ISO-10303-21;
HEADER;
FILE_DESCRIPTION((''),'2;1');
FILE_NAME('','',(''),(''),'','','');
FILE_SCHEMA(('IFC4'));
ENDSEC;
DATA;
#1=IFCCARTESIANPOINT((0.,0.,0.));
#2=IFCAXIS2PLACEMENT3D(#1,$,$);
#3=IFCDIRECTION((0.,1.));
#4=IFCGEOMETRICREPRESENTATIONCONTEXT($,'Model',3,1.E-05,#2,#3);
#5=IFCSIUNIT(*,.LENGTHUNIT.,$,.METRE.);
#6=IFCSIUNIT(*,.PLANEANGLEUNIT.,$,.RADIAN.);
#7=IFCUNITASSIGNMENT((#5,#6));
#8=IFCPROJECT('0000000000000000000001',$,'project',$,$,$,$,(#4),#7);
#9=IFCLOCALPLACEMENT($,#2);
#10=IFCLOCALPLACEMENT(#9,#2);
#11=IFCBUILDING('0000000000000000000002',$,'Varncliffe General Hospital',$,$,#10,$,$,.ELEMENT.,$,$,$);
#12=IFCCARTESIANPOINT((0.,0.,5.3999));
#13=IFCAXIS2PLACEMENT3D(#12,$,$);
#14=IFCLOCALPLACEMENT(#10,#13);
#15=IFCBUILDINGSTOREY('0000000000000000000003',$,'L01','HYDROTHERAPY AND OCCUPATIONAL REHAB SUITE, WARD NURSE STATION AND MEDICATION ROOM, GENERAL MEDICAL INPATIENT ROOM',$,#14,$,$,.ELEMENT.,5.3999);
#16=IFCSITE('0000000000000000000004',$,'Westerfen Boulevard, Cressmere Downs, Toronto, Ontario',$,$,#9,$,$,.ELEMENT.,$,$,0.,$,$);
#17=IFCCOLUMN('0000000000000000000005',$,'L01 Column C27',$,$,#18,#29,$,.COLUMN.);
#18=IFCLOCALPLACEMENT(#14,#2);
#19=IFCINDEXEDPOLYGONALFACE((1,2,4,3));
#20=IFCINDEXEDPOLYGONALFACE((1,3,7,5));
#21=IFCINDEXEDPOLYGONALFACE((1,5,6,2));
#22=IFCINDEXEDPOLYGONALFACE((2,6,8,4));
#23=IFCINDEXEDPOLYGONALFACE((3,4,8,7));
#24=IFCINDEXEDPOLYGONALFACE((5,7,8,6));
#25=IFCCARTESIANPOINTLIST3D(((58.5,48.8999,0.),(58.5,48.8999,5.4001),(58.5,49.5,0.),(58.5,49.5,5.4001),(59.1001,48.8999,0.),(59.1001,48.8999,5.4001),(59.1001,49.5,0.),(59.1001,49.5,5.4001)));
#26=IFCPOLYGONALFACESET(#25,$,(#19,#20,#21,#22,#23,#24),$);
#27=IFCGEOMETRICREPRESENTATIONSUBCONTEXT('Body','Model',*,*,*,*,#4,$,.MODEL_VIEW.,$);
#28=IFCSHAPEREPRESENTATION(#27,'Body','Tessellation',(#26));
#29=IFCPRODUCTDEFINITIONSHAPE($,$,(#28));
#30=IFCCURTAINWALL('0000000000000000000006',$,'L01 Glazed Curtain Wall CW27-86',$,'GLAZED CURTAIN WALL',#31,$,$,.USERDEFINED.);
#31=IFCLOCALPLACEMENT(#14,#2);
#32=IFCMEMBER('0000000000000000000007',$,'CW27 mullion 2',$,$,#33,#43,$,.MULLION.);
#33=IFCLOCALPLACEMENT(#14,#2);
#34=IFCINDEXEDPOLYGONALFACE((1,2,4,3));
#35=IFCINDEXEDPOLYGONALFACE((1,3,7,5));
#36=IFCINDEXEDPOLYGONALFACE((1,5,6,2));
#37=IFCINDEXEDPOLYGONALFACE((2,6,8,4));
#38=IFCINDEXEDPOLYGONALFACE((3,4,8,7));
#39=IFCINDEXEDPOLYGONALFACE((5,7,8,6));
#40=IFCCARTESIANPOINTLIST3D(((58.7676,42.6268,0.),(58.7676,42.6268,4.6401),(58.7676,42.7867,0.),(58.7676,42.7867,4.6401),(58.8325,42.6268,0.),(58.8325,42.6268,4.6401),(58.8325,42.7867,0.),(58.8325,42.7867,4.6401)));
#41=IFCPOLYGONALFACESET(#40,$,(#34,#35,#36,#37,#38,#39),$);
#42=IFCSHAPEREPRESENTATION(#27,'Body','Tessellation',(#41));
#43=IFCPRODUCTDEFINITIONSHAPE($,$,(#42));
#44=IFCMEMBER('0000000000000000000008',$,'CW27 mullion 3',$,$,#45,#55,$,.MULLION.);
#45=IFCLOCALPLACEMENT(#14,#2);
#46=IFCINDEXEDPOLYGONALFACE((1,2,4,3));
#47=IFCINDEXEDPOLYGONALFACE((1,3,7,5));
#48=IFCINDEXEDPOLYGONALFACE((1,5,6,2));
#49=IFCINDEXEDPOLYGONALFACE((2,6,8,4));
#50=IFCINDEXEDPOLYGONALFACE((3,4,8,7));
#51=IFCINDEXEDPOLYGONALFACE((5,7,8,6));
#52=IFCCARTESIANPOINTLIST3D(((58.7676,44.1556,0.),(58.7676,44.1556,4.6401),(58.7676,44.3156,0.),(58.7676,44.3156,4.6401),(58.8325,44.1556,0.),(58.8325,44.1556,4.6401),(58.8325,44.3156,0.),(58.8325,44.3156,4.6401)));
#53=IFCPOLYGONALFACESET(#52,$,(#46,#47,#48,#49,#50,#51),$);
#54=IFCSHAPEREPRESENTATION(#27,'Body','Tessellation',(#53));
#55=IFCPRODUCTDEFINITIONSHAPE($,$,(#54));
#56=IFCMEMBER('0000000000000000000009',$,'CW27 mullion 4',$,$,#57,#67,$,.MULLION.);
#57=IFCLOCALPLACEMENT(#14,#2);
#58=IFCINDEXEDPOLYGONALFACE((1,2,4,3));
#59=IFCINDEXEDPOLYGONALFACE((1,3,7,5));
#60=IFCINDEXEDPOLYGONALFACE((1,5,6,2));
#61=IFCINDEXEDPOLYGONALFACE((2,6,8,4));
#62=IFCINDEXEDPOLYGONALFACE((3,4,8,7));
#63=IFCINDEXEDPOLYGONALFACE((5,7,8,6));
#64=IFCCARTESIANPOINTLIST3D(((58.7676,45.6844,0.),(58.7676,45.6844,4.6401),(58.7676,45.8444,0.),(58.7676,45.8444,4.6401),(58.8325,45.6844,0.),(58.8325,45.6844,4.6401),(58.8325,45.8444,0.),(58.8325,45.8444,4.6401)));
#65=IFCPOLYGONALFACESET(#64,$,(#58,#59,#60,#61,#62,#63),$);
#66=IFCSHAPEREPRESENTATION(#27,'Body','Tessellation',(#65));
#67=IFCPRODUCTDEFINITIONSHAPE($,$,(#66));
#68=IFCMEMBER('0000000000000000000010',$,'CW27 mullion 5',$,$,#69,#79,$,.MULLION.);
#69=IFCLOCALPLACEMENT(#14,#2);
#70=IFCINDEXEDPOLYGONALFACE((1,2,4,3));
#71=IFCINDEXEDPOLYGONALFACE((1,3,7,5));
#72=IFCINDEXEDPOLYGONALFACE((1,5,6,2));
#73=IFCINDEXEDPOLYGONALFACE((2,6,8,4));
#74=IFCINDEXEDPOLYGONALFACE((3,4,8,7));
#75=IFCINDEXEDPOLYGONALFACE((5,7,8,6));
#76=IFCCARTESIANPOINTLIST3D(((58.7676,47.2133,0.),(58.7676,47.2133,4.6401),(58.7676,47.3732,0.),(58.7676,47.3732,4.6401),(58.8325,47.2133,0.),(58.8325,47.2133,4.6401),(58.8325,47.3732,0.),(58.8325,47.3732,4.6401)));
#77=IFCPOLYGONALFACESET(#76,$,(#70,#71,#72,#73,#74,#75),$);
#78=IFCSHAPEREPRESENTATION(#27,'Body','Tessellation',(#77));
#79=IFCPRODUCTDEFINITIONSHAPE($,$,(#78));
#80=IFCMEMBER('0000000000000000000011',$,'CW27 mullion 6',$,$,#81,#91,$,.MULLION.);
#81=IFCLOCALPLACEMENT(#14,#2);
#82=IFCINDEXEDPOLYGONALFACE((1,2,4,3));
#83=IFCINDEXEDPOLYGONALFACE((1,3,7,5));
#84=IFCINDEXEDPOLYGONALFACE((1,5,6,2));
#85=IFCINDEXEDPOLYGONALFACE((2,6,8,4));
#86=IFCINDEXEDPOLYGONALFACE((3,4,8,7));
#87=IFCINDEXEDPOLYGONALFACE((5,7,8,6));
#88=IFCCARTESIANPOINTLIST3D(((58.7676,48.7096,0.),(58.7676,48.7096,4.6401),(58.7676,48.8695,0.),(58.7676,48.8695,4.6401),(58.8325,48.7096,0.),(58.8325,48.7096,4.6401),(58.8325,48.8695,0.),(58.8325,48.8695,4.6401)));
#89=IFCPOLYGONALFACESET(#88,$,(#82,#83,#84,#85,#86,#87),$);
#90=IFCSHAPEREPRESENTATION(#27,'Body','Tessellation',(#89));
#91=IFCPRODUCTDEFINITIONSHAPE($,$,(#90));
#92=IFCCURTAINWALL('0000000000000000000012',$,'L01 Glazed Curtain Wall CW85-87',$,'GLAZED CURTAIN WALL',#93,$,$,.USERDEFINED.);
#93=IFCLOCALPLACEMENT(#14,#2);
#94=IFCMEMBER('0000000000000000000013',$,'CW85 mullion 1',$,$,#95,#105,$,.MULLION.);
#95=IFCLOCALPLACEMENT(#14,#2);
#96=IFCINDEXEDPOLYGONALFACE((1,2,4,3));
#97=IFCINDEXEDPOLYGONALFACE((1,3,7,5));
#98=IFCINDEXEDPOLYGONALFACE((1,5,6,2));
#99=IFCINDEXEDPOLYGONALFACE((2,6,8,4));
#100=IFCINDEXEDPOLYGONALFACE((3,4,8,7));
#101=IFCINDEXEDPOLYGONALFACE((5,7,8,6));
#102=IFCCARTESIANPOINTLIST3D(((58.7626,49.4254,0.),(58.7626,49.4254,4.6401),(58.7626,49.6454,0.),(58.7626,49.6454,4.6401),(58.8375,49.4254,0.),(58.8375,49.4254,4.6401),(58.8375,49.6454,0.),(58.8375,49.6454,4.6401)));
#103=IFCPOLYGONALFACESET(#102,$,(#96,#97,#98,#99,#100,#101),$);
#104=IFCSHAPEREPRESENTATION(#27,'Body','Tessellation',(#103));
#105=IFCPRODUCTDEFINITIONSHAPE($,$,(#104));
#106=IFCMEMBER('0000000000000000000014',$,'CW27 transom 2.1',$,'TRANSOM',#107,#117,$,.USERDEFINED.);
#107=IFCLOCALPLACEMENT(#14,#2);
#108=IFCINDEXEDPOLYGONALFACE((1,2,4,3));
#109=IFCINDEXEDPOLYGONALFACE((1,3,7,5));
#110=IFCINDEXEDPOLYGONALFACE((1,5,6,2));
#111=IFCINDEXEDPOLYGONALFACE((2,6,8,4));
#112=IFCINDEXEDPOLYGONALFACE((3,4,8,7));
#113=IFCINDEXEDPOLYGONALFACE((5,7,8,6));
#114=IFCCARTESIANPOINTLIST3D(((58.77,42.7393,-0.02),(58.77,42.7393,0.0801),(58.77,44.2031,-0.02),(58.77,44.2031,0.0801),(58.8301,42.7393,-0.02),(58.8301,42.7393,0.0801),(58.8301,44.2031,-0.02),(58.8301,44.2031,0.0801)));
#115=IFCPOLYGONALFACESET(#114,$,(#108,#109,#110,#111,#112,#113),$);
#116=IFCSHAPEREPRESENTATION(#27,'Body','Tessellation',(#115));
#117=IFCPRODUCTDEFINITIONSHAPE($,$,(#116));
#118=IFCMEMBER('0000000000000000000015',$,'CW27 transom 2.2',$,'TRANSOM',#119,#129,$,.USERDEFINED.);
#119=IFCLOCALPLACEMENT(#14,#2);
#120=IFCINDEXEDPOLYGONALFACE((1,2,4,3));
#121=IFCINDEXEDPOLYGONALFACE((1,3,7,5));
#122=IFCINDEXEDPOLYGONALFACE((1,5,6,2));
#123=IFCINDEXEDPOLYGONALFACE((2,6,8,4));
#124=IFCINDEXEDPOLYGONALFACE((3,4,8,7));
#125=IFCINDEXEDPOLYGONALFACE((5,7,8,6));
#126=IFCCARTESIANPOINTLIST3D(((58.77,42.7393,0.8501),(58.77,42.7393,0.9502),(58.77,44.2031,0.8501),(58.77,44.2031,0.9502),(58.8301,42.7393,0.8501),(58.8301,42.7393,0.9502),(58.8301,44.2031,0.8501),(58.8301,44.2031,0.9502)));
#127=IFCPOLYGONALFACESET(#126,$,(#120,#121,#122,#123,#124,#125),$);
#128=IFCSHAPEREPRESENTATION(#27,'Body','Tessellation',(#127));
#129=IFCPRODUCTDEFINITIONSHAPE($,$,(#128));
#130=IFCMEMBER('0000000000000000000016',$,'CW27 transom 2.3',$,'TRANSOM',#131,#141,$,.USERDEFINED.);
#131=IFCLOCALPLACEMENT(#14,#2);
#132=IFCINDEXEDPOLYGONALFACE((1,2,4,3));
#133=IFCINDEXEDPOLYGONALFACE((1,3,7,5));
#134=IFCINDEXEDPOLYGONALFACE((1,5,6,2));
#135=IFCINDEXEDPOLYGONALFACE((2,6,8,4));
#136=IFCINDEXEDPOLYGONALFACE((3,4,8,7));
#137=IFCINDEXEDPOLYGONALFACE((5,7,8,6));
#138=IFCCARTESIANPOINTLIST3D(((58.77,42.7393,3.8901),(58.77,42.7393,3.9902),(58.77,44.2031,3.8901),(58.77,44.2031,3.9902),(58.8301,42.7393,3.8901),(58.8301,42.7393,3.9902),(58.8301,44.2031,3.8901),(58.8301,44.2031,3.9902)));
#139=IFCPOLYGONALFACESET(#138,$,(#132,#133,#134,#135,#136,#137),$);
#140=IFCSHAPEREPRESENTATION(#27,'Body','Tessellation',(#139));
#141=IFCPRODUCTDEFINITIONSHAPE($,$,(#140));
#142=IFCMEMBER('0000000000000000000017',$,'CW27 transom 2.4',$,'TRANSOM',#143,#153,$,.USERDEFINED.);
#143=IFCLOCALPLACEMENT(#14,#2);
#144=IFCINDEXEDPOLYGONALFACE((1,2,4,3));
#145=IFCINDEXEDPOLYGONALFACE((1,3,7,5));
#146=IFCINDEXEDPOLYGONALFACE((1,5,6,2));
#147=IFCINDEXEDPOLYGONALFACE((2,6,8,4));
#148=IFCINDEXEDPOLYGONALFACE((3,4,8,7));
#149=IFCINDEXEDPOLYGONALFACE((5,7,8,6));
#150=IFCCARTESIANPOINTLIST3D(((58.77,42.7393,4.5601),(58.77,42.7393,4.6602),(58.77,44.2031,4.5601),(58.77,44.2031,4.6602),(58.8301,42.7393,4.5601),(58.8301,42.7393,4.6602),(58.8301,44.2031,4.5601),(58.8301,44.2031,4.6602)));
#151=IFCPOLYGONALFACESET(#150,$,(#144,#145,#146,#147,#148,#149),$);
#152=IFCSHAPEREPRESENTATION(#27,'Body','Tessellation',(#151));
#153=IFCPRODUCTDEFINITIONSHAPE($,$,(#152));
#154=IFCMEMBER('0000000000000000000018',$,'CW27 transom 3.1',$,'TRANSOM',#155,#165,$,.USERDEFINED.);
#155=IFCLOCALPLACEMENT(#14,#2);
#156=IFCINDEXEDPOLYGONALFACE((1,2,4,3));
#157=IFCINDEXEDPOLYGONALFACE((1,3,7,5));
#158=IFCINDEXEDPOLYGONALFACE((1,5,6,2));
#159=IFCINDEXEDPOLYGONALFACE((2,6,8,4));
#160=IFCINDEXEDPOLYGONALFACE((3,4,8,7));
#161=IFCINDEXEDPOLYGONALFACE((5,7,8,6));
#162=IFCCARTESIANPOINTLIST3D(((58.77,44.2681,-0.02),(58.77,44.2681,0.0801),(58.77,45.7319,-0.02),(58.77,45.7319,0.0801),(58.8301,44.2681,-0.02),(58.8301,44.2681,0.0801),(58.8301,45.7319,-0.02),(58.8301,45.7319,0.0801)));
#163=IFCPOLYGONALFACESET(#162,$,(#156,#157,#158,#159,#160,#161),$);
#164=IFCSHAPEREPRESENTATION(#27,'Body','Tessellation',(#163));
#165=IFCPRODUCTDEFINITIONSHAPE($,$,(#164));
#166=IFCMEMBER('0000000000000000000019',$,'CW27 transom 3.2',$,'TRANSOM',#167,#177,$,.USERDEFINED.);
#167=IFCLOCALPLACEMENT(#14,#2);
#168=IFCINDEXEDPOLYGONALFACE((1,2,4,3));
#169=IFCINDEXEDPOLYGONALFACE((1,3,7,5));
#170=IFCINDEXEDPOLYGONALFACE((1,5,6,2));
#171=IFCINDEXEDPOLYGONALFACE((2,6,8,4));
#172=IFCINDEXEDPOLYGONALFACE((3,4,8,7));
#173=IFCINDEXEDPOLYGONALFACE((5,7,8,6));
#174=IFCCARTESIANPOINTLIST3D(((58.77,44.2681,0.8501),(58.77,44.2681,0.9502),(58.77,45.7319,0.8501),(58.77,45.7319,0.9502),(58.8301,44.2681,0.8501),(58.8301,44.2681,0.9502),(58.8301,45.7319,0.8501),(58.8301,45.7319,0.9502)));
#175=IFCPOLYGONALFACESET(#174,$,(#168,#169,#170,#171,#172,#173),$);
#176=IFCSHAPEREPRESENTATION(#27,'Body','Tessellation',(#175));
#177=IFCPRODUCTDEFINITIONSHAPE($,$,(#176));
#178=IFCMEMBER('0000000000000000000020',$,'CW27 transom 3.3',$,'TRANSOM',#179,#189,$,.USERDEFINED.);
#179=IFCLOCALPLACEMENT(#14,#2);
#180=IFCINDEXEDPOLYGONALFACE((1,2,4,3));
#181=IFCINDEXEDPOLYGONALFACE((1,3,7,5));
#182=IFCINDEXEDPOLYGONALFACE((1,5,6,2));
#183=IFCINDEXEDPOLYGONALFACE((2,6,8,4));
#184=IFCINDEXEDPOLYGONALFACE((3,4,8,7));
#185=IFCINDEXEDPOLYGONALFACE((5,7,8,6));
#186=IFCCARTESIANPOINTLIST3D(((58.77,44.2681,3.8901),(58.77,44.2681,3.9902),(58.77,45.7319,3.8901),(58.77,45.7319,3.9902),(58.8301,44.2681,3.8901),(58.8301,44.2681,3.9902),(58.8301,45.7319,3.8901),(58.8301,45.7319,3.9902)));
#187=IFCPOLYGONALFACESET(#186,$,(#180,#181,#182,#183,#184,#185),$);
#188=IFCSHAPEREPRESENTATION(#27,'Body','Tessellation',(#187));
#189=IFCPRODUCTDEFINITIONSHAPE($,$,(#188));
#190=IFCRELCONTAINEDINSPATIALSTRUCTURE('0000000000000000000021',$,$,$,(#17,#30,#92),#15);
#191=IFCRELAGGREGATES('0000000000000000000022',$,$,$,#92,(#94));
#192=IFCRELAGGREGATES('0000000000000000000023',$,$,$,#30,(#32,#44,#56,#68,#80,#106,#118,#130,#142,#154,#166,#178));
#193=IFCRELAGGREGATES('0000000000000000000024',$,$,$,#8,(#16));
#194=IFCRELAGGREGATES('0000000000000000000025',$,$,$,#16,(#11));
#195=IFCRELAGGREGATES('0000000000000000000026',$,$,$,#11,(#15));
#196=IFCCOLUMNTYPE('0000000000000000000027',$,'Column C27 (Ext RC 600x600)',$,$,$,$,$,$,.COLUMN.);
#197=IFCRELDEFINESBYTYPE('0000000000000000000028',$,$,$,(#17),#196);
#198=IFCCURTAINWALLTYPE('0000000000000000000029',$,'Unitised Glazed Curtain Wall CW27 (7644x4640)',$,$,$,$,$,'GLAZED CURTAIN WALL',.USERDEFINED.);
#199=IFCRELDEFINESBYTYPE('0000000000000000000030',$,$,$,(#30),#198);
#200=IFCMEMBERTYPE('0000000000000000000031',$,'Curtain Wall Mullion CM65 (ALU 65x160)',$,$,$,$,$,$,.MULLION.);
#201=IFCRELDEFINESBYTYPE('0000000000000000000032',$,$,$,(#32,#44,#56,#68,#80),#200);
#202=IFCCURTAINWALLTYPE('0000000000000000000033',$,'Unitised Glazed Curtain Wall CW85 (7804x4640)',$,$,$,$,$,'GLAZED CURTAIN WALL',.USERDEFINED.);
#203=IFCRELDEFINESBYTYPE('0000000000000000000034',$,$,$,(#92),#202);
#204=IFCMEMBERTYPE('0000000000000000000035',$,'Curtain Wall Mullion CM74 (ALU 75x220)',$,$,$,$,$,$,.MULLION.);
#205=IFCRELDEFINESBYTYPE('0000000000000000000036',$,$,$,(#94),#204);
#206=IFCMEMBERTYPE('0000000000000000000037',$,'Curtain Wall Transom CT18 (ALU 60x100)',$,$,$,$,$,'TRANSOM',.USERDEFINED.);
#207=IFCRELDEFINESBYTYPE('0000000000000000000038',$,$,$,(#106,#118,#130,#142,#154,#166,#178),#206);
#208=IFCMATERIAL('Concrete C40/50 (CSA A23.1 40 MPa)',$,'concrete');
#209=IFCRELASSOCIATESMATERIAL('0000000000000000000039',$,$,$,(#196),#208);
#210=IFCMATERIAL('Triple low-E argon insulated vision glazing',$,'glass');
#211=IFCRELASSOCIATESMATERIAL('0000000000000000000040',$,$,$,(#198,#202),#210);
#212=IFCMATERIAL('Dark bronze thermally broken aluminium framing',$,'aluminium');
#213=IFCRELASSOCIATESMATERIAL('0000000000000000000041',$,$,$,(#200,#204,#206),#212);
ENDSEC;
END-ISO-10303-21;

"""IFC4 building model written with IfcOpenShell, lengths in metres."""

from ifc_helpers import new_model, si_unit, direction, frame, origin, origin_2d, place, context, subcontext, project, spatial, rectangle, extrude, material, material_profile, profile_set, type_object, element, aggregate, save


model = new_model("IFC4")

# Units and contexts
model_context = context("Model", 3, precision=1e-05, world=origin(), true_north=direction((0.0, 1.0)))
body_context = subcontext(model_context, "Body", "Model", "MODEL_VIEW")
ifc_project = project(units=[si_unit("LENGTHUNIT", "METRE"), si_unit("PLANEANGLEUNIT", "RADIAN")], contexts=[model_context])

# Site, building, storey
site_placement = place(None, origin())
site = spatial("IfcSite", under=ifc_project, at=site_placement, Name="Westerfen Boulevard, Cressmere Downs, Toronto, Ontario", CompositionType="ELEMENT", RefElevation=0.0)
building_placement = place(site_placement, origin())
building = spatial("IfcBuilding", under=site, at=building_placement, Name="Varncliffe General Hospital", CompositionType="ELEMENT")
storey_placement = place(building_placement, frame((0.0, 0.0, 5.3999)))
storey = spatial("IfcBuildingStorey", under=building, at=storey_placement, Name="L01", Description="HYDROTHERAPY AND OCCUPATIONAL REHAB SUITE, WARD NURSE STATION AND MEDICATION ROOM, GENERAL MEDICAL INPATIENT ROOM", CompositionType="ELEMENT", Elevation=5.3999)

# Column
ifc_material_1 = material(Name="Concrete C40/50 (CSA A23.1 40 MPa)", Category="concrete")
ifc_material_profile_1 = material_profile(ifc_material_1, rectangle(XDim=0.6001, YDim=0.6001, at=origin_2d()), Name="RC 600x600")
ifc_profile_set_1 = profile_set([ifc_material_profile_1], Name="Concrete C40/50 (CSA A23.1 40 MPa)")
column_type = type_object("IfcColumnType", Name="Column C27 (Ext RC 600x600)", PredefinedType="COLUMN", material=ifc_profile_set_1)
column_placement = place(storey_placement, frame((58.8, 49.2, 0.0), z_axis=(0.0, 0.0, 1.0), x_axis=(1.0, 0.0, 0.0)))
element("IfcColumn", 1, at=column_placement, inside=storey, type_object=column_type, Name="L01 Column C27", PredefinedType="COLUMN", context=body_context, shape_type="SweptSolid", body=[
    extrude(rectangle(XDim=0.6001, YDim=0.6001, at=origin_2d()), origin(), (0.0, 0.0, 1.0), 5.4001),
])

# Curtain wall, members
ifc_material_2 = material(Name="Triple low-E argon insulated vision glazing", Category="glass")
curtain_wall_type_1 = type_object("IfcCurtainWallType", Name="Unitised Glazed Curtain Wall CW27 (7644x4640)", ElementType="GLAZED CURTAIN WALL", PredefinedType="USERDEFINED", material=ifc_material_2)
curtain_wall_1_placement = place(storey_placement, origin())
curtain_wall_1 = element("IfcCurtainWall", 2, at=curtain_wall_1_placement, inside=storey, type_object=curtain_wall_type_1, Name="L01 Glazed Curtain Wall CW27-86", ObjectType="GLAZED CURTAIN WALL", PredefinedType="USERDEFINED")
ifc_material_3 = material(Name="Dark bronze thermally broken aluminium framing", Category="aluminium")
ifc_material_profile_2 = material_profile(ifc_material_3, rectangle(XDim=0.0649, YDim=0.1599, at=origin_2d()), Name="ALU 65x160")
ifc_profile_set_2 = profile_set([ifc_material_profile_2], Name="Dark bronze thermally broken aluminium framing")
member_type_1 = type_object("IfcMemberType", Name="Curtain Wall Mullion CM65 (ALU 65x160)", PredefinedType="MULLION", material=ifc_profile_set_2)
member_1_placement = place(storey_placement, frame((58.8, 42.7068, 0.0), z_axis=(0.0, 0.0, 1.0), x_axis=(-1.0, 0.0, 0.0)))
member_1 = element("IfcMember", 3, at=member_1_placement, type_object=member_type_1, Name="CW27 mullion 2", PredefinedType="MULLION", context=body_context, shape_type="SweptSolid", body=[
    extrude(rectangle(XDim=0.0649, YDim=0.1599, at=origin_2d()), origin(), (0.0, 0.0, 1.0), 4.6401),
])
member_2_placement = place(storey_placement, frame((58.8, 44.2356, 0.0), z_axis=(0.0, 0.0, 1.0), x_axis=(-1.0, 0.0, 0.0)))
member_2 = element("IfcMember", 4, at=member_2_placement, type_object=member_type_1, Name="CW27 mullion 3", PredefinedType="MULLION", context=body_context, shape_type="SweptSolid", body=[
    extrude(rectangle(XDim=0.0649, YDim=0.1599, at=origin_2d()), origin(), (0.0, 0.0, 1.0), 4.6401),
])
member_3_placement = place(storey_placement, frame((58.8, 45.7644, 0.0), z_axis=(0.0, 0.0, 1.0), x_axis=(-1.0, 0.0, 0.0)))
member_3 = element("IfcMember", 5, at=member_3_placement, type_object=member_type_1, Name="CW27 mullion 4", PredefinedType="MULLION", context=body_context, shape_type="SweptSolid", body=[
    extrude(rectangle(XDim=0.0649, YDim=0.1599, at=origin_2d()), origin(), (0.0, 0.0, 1.0), 4.6401),
])
member_4_placement = place(storey_placement, frame((58.8, 47.2932, 0.0), z_axis=(0.0, 0.0, 1.0), x_axis=(-1.0, 0.0, 0.0)))
member_4 = element("IfcMember", 6, at=member_4_placement, type_object=member_type_1, Name="CW27 mullion 5", PredefinedType="MULLION", context=body_context, shape_type="SweptSolid", body=[
    extrude(rectangle(XDim=0.0649, YDim=0.1599, at=origin_2d()), origin(), (0.0, 0.0, 1.0), 4.6401),
])
member_5_placement = place(storey_placement, frame((58.8, 48.7896, 0.0), z_axis=(0.0, 0.0, 1.0), x_axis=(-1.0, 0.0, 0.0)))
member_5 = element("IfcMember", 7, at=member_5_placement, type_object=member_type_1, Name="CW27 mullion 6", PredefinedType="MULLION", context=body_context, shape_type="SweptSolid", body=[
    extrude(rectangle(XDim=0.0649, YDim=0.1599, at=origin_2d()), origin(), (0.0, 0.0, 1.0), 4.6401),
])

# Curtain wall, member
curtain_wall_type_2 = type_object("IfcCurtainWallType", Name="Unitised Glazed Curtain Wall CW85 (7804x4640)", ElementType="GLAZED CURTAIN WALL", PredefinedType="USERDEFINED", material=ifc_material_2)
curtain_wall_2_placement = place(storey_placement, origin())
curtain_wall_2 = element("IfcCurtainWall", 8, at=curtain_wall_2_placement, inside=storey, type_object=curtain_wall_type_2, Name="L01 Glazed Curtain Wall CW85-87", ObjectType="GLAZED CURTAIN WALL", PredefinedType="USERDEFINED")
ifc_material_profile_3 = material_profile(ifc_material_3, rectangle(XDim=0.075, YDim=0.22, at=origin_2d()), Name="ALU 75x220")
ifc_profile_set_3 = profile_set([ifc_material_profile_3], Name="Dark bronze thermally broken aluminium framing")
member_type_2 = type_object("IfcMemberType", Name="Curtain Wall Mullion CM74 (ALU 75x220)", PredefinedType="MULLION", material=ifc_profile_set_3)
member_6_placement = place(storey_placement, frame((58.8, 49.5354, 0.0), z_axis=(0.0, 0.0, 1.0), x_axis=(-1.0, 0.0, 0.0)))
member_6 = element("IfcMember", 9, at=member_6_placement, type_object=member_type_2, Name="CW85 mullion 1", PredefinedType="MULLION", context=body_context, shape_type="SweptSolid", body=[
    extrude(rectangle(XDim=0.075, YDim=0.22, at=origin_2d()), origin(), (0.0, 0.0, 1.0), 4.6401),
])

# Members
ifc_material_profile_4 = material_profile(ifc_material_3, rectangle(XDim=0.0601, YDim=0.1001, at=origin_2d()), Name="ALU 60x100")
ifc_profile_set_4 = profile_set([ifc_material_profile_4], Name="Dark bronze thermally broken aluminium framing")
member_type_3 = type_object("IfcMemberType", Name="Curtain Wall Transom CT18 (ALU 60x100)", ElementType="TRANSOM", PredefinedType="USERDEFINED", material=ifc_profile_set_4)
member_7_placement = place(storey_placement, frame((58.8, 42.7393, 0.03), z_axis=(0.0, 1.0, 0.0), x_axis=(-1.0, 0.0, 0.0)))
member_7 = element("IfcMember", 10, at=member_7_placement, type_object=member_type_3, Name="CW27 transom 2.1", ObjectType="TRANSOM", PredefinedType="USERDEFINED", context=body_context, shape_type="SweptSolid", body=[
    extrude(rectangle(XDim=0.0601, YDim=0.1001, at=origin_2d()), origin(), (0.0, 0.0, 1.0), 1.4639),
])
member_8_placement = place(storey_placement, frame((58.8, 42.7393, 0.9001), z_axis=(0.0, 1.0, 0.0), x_axis=(-1.0, 0.0, 0.0)))
member_8 = element("IfcMember", 11, at=member_8_placement, type_object=member_type_3, Name="CW27 transom 2.2", ObjectType="TRANSOM", PredefinedType="USERDEFINED", context=body_context, shape_type="SweptSolid", body=[
    extrude(rectangle(XDim=0.0601, YDim=0.1001, at=origin_2d()), origin(), (0.0, 0.0, 1.0), 1.4639),
])
member_9_placement = place(storey_placement, frame((58.8, 42.7393, 3.9402), z_axis=(0.0, 1.0, 0.0), x_axis=(-1.0, 0.0, 0.0)))
member_9 = element("IfcMember", 12, at=member_9_placement, type_object=member_type_3, Name="CW27 transom 2.3", ObjectType="TRANSOM", PredefinedType="USERDEFINED", context=body_context, shape_type="SweptSolid", body=[
    extrude(rectangle(XDim=0.0601, YDim=0.1001, at=origin_2d()), origin(), (0.0, 0.0, 1.0), 1.4639),
])
member_10_placement = place(storey_placement, frame((58.8, 42.7393, 4.6101), z_axis=(0.0, 1.0, 0.0), x_axis=(-1.0, 0.0, 0.0)))
member_10 = element("IfcMember", 13, at=member_10_placement, type_object=member_type_3, Name="CW27 transom 2.4", ObjectType="TRANSOM", PredefinedType="USERDEFINED", context=body_context, shape_type="SweptSolid", body=[
    extrude(rectangle(XDim=0.0601, YDim=0.1001, at=origin_2d()), origin(), (0.0, 0.0, 1.0), 1.4639),
])
member_11_placement = place(storey_placement, frame((58.8, 44.2681, 0.03), z_axis=(0.0, 1.0, 0.0), x_axis=(-1.0, 0.0, 0.0)))
member_11 = element("IfcMember", 14, at=member_11_placement, type_object=member_type_3, Name="CW27 transom 3.1", ObjectType="TRANSOM", PredefinedType="USERDEFINED", context=body_context, shape_type="SweptSolid", body=[
    extrude(rectangle(XDim=0.0601, YDim=0.1001, at=origin_2d()), origin(), (0.0, 0.0, 1.0), 1.4639),
])
member_12_placement = place(storey_placement, frame((58.8, 44.2681, 0.9001), z_axis=(0.0, 1.0, 0.0), x_axis=(-1.0, 0.0, 0.0)))
member_12 = element("IfcMember", 15, at=member_12_placement, type_object=member_type_3, Name="CW27 transom 3.2", ObjectType="TRANSOM", PredefinedType="USERDEFINED", context=body_context, shape_type="SweptSolid", body=[
    extrude(rectangle(XDim=0.0601, YDim=0.1001, at=origin_2d()), origin(), (0.0, 0.0, 1.0), 1.4639),
])
member_13_placement = place(storey_placement, frame((58.8, 44.2681, 3.9402), z_axis=(0.0, 1.0, 0.0), x_axis=(-1.0, 0.0, 0.0)))
member_13 = element("IfcMember", 16, at=member_13_placement, type_object=member_type_3, Name="CW27 transom 3.3", ObjectType="TRANSOM", PredefinedType="USERDEFINED", context=body_context, shape_type="SweptSolid", body=[
    extrude(rectangle(XDim=0.0601, YDim=0.1001, at=origin_2d()), origin(), (0.0, 0.0, 1.0), 1.4639),
])
aggregate(curtain_wall_2, [member_6])

aggregate(curtain_wall_1, [member_1, member_2, member_3, member_4, member_5, member_7, member_8, member_9, member_10, member_11, member_12, member_13])

save(model, "model.ifc")
